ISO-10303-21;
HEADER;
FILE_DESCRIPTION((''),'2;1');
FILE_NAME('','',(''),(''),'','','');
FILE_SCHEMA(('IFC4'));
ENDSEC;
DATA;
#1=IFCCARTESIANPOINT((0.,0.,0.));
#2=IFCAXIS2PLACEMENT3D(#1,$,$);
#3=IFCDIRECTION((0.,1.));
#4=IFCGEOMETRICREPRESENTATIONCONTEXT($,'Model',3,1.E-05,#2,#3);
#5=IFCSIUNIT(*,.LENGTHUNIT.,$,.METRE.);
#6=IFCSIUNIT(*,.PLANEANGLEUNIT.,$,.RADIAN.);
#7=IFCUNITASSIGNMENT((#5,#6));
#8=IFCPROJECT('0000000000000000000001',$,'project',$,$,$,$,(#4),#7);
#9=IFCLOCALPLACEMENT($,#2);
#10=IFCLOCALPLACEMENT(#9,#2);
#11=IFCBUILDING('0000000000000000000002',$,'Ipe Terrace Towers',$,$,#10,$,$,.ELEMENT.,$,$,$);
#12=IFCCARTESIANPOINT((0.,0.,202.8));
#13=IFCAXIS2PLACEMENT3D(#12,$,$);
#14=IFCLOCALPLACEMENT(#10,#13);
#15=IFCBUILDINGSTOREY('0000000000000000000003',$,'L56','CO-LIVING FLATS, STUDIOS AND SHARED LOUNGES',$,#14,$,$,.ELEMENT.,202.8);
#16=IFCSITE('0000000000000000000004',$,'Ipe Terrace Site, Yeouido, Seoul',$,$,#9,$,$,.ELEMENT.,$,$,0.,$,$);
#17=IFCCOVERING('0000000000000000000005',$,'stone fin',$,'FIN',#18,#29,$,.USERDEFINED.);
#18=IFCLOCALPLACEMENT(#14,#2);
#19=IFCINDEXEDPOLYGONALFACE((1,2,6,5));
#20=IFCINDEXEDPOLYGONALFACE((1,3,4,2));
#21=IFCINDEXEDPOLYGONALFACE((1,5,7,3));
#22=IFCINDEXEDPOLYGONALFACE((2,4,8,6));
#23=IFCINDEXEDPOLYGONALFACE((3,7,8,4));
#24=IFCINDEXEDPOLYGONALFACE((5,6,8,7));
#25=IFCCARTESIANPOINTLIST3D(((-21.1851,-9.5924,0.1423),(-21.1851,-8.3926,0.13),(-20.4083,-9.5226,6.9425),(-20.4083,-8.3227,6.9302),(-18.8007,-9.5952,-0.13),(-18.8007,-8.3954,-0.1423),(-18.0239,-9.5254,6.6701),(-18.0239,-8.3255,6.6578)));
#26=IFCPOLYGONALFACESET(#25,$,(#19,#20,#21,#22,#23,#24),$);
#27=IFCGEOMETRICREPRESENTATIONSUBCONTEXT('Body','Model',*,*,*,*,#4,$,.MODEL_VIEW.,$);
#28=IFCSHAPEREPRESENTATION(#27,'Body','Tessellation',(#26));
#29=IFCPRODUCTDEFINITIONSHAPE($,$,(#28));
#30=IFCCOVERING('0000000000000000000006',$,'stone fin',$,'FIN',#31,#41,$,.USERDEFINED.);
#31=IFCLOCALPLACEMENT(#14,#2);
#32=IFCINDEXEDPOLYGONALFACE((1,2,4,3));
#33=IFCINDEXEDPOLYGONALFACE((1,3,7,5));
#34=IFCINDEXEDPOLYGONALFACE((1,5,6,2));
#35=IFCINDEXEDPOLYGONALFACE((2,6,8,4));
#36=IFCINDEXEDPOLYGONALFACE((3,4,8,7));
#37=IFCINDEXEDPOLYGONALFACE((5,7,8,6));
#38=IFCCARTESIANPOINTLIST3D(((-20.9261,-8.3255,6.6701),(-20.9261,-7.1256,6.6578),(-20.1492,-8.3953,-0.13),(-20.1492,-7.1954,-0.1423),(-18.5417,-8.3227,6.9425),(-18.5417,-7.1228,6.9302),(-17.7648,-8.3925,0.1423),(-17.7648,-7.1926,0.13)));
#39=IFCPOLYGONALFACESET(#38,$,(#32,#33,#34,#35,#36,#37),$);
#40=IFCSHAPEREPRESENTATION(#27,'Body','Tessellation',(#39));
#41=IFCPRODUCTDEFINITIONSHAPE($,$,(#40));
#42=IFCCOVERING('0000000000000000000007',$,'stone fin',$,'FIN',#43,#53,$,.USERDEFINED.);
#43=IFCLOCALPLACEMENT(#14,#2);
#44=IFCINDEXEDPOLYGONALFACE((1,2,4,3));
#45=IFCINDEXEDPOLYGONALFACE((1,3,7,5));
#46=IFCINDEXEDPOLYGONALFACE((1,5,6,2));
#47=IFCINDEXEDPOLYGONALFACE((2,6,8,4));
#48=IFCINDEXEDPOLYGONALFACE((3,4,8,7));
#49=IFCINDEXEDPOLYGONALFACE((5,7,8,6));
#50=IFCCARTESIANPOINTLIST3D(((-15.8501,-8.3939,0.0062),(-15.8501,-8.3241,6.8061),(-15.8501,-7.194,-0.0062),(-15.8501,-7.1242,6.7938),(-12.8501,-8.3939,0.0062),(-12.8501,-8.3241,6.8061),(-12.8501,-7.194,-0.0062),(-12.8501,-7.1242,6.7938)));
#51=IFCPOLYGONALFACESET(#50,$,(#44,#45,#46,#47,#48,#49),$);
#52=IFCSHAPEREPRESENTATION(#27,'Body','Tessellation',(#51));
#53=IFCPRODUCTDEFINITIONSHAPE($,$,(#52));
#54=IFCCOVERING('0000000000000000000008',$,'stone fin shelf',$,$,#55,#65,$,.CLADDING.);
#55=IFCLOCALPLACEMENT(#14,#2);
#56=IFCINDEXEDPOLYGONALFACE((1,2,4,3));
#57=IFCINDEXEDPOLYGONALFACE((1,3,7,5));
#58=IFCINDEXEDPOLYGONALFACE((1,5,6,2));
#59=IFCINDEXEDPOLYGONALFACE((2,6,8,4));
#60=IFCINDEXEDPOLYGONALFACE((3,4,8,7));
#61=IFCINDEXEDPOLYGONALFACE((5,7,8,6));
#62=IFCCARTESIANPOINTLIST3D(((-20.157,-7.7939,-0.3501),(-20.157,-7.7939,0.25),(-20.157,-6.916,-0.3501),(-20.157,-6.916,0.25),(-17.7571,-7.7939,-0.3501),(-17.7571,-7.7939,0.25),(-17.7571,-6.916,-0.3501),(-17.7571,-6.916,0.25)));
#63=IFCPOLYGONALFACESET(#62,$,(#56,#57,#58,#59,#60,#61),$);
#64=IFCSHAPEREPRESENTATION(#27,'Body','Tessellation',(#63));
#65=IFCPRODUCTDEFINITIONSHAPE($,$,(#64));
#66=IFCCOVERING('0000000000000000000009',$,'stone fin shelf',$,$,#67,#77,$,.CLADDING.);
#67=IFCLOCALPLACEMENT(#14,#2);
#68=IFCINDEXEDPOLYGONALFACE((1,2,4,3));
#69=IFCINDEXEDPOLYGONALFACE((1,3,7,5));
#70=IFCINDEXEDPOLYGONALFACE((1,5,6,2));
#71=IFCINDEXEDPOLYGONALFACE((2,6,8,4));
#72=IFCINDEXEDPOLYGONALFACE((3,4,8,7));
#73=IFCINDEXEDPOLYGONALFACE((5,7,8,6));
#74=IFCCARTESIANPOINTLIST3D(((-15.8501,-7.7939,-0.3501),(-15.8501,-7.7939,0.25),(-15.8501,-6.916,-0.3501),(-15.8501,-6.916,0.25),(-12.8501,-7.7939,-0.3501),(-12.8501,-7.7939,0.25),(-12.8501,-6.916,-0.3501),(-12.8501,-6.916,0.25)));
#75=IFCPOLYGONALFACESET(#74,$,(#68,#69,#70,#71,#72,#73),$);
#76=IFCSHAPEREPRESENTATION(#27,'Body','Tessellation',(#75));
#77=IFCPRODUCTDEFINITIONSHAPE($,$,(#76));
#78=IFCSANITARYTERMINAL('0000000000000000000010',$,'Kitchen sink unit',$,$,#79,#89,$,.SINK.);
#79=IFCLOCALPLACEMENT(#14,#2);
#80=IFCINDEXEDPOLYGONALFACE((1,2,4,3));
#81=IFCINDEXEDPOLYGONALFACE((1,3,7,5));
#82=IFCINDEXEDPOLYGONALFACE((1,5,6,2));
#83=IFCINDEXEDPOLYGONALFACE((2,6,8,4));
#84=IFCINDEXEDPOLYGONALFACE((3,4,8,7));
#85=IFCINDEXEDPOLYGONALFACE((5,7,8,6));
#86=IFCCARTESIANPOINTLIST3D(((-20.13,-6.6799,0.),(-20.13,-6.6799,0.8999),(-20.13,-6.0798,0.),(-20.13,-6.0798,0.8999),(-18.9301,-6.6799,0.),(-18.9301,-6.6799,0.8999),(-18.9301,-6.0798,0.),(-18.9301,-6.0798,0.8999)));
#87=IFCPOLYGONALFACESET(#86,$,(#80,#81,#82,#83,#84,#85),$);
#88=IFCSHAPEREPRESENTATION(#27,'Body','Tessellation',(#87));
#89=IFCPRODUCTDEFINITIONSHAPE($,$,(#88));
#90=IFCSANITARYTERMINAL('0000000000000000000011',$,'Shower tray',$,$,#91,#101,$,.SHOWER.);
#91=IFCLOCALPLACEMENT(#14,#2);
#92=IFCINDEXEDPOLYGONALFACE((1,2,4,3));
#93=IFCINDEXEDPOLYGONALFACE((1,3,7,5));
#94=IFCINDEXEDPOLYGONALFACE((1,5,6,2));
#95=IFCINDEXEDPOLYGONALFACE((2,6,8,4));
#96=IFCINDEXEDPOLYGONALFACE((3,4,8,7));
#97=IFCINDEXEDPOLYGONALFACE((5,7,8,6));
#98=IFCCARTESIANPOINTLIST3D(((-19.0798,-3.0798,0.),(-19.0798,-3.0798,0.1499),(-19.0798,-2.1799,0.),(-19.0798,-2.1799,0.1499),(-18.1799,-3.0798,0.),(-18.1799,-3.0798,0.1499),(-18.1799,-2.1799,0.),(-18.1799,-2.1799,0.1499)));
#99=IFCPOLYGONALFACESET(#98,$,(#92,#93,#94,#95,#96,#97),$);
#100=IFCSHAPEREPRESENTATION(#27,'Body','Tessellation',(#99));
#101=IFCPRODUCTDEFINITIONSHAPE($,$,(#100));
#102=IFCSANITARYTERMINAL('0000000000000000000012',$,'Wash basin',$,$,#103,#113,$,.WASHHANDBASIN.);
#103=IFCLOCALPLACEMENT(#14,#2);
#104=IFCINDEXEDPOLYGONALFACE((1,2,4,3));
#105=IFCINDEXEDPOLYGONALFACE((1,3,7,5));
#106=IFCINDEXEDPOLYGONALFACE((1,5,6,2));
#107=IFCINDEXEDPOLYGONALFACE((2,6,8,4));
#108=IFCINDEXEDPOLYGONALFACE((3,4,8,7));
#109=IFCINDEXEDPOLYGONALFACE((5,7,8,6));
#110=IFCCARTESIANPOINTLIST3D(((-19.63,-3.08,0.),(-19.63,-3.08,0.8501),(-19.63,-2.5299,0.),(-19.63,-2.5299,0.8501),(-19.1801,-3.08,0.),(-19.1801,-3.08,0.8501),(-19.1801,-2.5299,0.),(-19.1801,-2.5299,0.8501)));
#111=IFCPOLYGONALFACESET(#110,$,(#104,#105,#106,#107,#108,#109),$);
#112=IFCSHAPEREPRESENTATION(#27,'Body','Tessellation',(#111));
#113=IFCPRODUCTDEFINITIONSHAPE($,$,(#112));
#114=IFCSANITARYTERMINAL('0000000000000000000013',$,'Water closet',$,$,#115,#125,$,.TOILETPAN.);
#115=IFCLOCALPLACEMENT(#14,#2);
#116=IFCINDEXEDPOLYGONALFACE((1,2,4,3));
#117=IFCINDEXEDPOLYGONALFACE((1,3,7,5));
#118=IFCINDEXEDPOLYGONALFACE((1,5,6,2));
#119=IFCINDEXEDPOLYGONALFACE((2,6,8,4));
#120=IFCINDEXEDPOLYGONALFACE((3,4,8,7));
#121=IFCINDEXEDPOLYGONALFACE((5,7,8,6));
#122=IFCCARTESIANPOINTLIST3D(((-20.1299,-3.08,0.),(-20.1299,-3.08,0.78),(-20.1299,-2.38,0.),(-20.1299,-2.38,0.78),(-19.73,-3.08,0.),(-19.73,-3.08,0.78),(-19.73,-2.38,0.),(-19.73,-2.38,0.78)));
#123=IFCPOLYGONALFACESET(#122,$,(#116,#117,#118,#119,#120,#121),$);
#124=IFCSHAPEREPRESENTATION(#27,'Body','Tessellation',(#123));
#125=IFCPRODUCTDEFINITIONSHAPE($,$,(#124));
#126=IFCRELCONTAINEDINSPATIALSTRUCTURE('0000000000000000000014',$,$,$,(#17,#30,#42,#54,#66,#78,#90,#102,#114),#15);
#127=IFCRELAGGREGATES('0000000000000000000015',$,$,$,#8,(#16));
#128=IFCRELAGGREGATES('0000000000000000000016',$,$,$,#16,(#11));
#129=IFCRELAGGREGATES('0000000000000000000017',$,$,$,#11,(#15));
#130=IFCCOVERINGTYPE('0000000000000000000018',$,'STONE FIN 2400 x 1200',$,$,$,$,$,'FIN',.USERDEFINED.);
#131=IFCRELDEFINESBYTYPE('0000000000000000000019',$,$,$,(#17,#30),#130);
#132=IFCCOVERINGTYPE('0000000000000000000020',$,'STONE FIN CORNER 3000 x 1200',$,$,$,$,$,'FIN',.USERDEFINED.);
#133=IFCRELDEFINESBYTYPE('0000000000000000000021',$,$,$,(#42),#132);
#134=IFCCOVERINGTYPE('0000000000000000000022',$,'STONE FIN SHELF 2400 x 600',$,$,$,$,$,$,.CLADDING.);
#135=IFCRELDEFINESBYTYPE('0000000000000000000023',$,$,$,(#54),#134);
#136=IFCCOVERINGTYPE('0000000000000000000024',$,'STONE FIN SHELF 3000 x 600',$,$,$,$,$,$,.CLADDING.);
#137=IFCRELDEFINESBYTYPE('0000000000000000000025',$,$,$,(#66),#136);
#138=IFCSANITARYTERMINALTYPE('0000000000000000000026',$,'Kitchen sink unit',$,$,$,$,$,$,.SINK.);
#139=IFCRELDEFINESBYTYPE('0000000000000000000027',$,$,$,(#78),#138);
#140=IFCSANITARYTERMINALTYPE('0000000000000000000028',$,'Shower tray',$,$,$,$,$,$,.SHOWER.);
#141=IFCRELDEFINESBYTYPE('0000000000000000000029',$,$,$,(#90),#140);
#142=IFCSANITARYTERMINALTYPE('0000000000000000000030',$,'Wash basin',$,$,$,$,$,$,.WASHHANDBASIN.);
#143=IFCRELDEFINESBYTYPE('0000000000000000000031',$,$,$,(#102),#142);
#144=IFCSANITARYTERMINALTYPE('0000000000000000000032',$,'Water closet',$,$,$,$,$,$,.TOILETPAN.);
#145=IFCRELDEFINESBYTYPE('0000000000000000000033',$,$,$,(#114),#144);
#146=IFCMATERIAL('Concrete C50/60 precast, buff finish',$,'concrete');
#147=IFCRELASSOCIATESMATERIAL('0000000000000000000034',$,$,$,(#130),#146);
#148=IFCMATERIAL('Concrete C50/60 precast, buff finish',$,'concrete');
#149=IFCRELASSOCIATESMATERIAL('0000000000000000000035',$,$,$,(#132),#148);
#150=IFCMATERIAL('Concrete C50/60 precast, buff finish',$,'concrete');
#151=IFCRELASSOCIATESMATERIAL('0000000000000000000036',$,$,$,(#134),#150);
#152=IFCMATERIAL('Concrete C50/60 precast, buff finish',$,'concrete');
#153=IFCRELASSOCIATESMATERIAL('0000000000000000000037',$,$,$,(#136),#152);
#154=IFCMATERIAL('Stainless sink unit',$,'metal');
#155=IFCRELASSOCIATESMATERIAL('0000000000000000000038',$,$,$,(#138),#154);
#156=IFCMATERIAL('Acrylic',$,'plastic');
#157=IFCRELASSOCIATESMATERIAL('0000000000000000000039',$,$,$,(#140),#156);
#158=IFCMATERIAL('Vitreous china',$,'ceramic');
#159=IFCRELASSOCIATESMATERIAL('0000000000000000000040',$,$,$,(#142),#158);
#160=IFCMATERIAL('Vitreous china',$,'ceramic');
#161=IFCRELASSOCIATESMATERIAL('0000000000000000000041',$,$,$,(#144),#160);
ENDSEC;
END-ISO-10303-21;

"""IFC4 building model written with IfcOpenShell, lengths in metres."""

from ifc_helpers import new_model, si_unit, direction, frame, origin, origin_2d, place, context, subcontext, project, spatial, rectangle, extrude, material, material_profile, profile_set, type_object, element, save


model = new_model("IFC4")

# Units and contexts
model_context = context("Model", 3, precision=1e-05, world=origin(), true_north=direction((0.0, 1.0)))
body_context = subcontext(model_context, "Body", "Model", "MODEL_VIEW")
ifc_project = project(units=[si_unit("LENGTHUNIT", "METRE"), si_unit("PLANEANGLEUNIT", "RADIAN")], contexts=[model_context])

# Site, building, storey
site_placement = place(None, origin())
site = spatial("IfcSite", under=ifc_project, at=site_placement, Name="Ipe Terrace Site, Yeouido, Seoul", CompositionType="ELEMENT", RefElevation=0.0)
building_placement = place(site_placement, origin())
building = spatial("IfcBuilding", under=site, at=building_placement, Name="Ipe Terrace Towers", CompositionType="ELEMENT")
storey_placement = place(building_placement, frame((0.0, 0.0, 202.8)))
storey = spatial("IfcBuildingStorey", under=building, at=storey_placement, Name="L56", Description="CO-LIVING FLATS, STUDIOS AND SHARED LOUNGES", CompositionType="ELEMENT", Elevation=202.8)

# Coverings
ifc_material_1 = material(Name="Concrete C50/60 precast, buff finish", Category="concrete")
ifc_material_profile_1 = material_profile(ifc_material_1, rectangle(XDim=2.3999, YDim=1.2, at=origin_2d()), Name="STONE FIN 2400 x 1200")
ifc_profile_set_1 = profile_set([ifc_material_profile_1], Name="Concrete C50/60 precast, buff finish")
covering_type_1 = type_object("IfcCoveringType", Name="STONE FIN 2400 x 1200", ElementType="FIN", PredefinedType="USERDEFINED", material=ifc_profile_set_1)
for number, where, z_axis, x_axis, name in (
    (1, (-19.9929, -8.9939, 0.0), (0.113498, 0.010201, 0.993486), (0.993538, -0.001165, -0.113492), "stone fin"),
    (2, (-18.957, -7.7939, 0.0), (-0.113498, 0.010201, 0.993486), (0.993538, 0.001165, 0.113492), "stone fin"),
):
    element("IfcCovering", number, at=place(storey_placement, frame(where, z_axis=z_axis, x_axis=x_axis)), inside=storey, type_object=covering_type_1, Name=name, ObjectType="FIN", PredefinedType="USERDEFINED", context=body_context, shape_type="SweptSolid", body=[
        extrude(rectangle(XDim=2.3999, YDim=1.2, at=origin_2d()), origin(), (0.0, 0.0, 1.0), 6.8447),
    ])
ifc_material_2 = material(Name="Concrete C50/60 precast, buff finish", Category="concrete")
ifc_material_profile_2 = material_profile(ifc_material_2, rectangle(XDim=3.0, YDim=1.2, at=origin_2d()), Name="STONE FIN CORNER 3000 x 1200")
ifc_profile_set_2 = profile_set([ifc_material_profile_2], Name="Concrete C50/60 precast, buff finish")
covering_type_2 = type_object("IfcCoveringType", Name="STONE FIN CORNER 3000 x 1200", ElementType="FIN", PredefinedType="USERDEFINED", material=ifc_profile_set_2)
covering_1_placement = place(storey_placement, frame((-14.3501, -7.7939, 0.0), z_axis=(0.0, 0.010268, 0.999947), x_axis=(1.0, 0.0, 0.0)))
element("IfcCovering", 3, at=covering_1_placement, inside=storey, type_object=covering_type_2, Name="stone fin", ObjectType="FIN", PredefinedType="USERDEFINED", context=body_context, shape_type="SweptSolid", body=[
    extrude(rectangle(XDim=3.0, YDim=1.2, at=origin_2d()), origin(), (0.0, 0.0, 1.0), 6.8003),
])
ifc_material_3 = material(Name="Concrete C50/60 precast, buff finish", Category="concrete")
covering_type_3 = type_object("IfcCoveringType", Name="STONE FIN SHELF 2400 x 600", PredefinedType="CLADDING", material=ifc_material_3)
covering_2_placement = place(storey_placement, frame((-18.957, -7.355, -0.3501), z_axis=(0.0, 0.0, 1.0), x_axis=(1.0, 0.0, 0.0)))
element("IfcCovering", 4, at=covering_2_placement, inside=storey, type_object=covering_type_3, Name="stone fin shelf", PredefinedType="CLADDING", context=body_context, shape_type="SweptSolid", body=[
    extrude(rectangle(XDim=2.3999, YDim=0.8779, at=origin_2d()), origin(), (0.0, 0.0, 1.0), 0.6001),
])
ifc_material_4 = material(Name="Concrete C50/60 precast, buff finish", Category="concrete")
covering_type_4 = type_object("IfcCoveringType", Name="STONE FIN SHELF 3000 x 600", PredefinedType="CLADDING", material=ifc_material_4)
covering_3_placement = place(storey_placement, frame((-14.3501, -7.355, -0.3501), z_axis=(0.0, 0.0, 1.0), x_axis=(1.0, 0.0, 0.0)))
element("IfcCovering", 5, at=covering_3_placement, inside=storey, type_object=covering_type_4, Name="stone fin shelf", PredefinedType="CLADDING", context=body_context, shape_type="SweptSolid", body=[
    extrude(rectangle(XDim=3.0, YDim=0.8779, at=origin_2d()), origin(), (0.0, 0.0, 1.0), 0.6001),
])

# Sanitary terminals
ifc_material_5 = material(Name="Stainless sink unit", Category="metal")
sanitary_terminal_type_1 = type_object("IfcSanitaryTerminalType", Name="Kitchen sink unit", PredefinedType="SINK", material=ifc_material_5)
sanitary_terminal_1_placement = place(storey_placement, frame((-19.53, -6.3799, 0.0), z_axis=(0.0, 0.0, 1.0), x_axis=(-1.0, 0.0, 0.0)))
element("IfcSanitaryTerminal", 6, at=sanitary_terminal_1_placement, inside=storey, type_object=sanitary_terminal_type_1, Name="Kitchen sink unit", PredefinedType="SINK", context=body_context, shape_type="SweptSolid", body=[
    extrude(rectangle(XDim=1.2, YDim=0.6001, at=origin_2d()), origin(), (0.0, 0.0, 1.0), 0.8999),
])
ifc_material_6 = material(Name="Acrylic", Category="plastic")
sanitary_terminal_type_2 = type_object("IfcSanitaryTerminalType", Name="Shower tray", PredefinedType="SHOWER", material=ifc_material_6)
sanitary_terminal_2_placement = place(storey_placement, frame((-18.6299, -2.6299, 0.0), z_axis=(0.0, 0.0, 1.0), x_axis=(0.0, 1.0, 0.0)))
element("IfcSanitaryTerminal", 7, at=sanitary_terminal_2_placement, inside=storey, type_object=sanitary_terminal_type_2, Name="Shower tray", PredefinedType="SHOWER", context=body_context, shape_type="SweptSolid", body=[
    extrude(rectangle(XDim=0.8999, YDim=0.8999, at=origin_2d()), origin(), (0.0, 0.0, 1.0), 0.1499),
])
ifc_material_7 = material(Name="Vitreous china", Category="ceramic")
sanitary_terminal_type_3 = type_object("IfcSanitaryTerminalType", Name="Wash basin", PredefinedType="WASHHANDBASIN", material=ifc_material_7)
sanitary_terminal_3_placement = place(storey_placement, frame((-19.405, -2.8049, 0.0), z_axis=(0.0, 0.0, 1.0), x_axis=(0.0, 1.0, 0.0)))
element("IfcSanitaryTerminal", 8, at=sanitary_terminal_3_placement, inside=storey, type_object=sanitary_terminal_type_3, Name="Wash basin", PredefinedType="WASHHANDBASIN", context=body_context, shape_type="SweptSolid", body=[
    extrude(rectangle(XDim=0.55, YDim=0.45, at=origin_2d()), origin(), (0.0, 0.0, 1.0), 0.8501),
])
ifc_material_8 = material(Name="Vitreous china", Category="ceramic")
sanitary_terminal_type_4 = type_object("IfcSanitaryTerminalType", Name="Water closet", PredefinedType="TOILETPAN", material=ifc_material_8)
sanitary_terminal_4_placement = place(storey_placement, frame((-19.9299, -2.73, 0.0), z_axis=(0.0, 0.0, 1.0), x_axis=(0.0, 1.0, 0.0)))
element("IfcSanitaryTerminal", 9, at=sanitary_terminal_4_placement, inside=storey, type_object=sanitary_terminal_type_4, Name="Water closet", PredefinedType="TOILETPAN", context=body_context, shape_type="SweptSolid", body=[
    extrude(rectangle(XDim=0.7, YDim=0.3999, at=origin_2d()), origin(), (0.0, 0.0, 1.0), 0.78),
])

save(model, "model.ifc")
